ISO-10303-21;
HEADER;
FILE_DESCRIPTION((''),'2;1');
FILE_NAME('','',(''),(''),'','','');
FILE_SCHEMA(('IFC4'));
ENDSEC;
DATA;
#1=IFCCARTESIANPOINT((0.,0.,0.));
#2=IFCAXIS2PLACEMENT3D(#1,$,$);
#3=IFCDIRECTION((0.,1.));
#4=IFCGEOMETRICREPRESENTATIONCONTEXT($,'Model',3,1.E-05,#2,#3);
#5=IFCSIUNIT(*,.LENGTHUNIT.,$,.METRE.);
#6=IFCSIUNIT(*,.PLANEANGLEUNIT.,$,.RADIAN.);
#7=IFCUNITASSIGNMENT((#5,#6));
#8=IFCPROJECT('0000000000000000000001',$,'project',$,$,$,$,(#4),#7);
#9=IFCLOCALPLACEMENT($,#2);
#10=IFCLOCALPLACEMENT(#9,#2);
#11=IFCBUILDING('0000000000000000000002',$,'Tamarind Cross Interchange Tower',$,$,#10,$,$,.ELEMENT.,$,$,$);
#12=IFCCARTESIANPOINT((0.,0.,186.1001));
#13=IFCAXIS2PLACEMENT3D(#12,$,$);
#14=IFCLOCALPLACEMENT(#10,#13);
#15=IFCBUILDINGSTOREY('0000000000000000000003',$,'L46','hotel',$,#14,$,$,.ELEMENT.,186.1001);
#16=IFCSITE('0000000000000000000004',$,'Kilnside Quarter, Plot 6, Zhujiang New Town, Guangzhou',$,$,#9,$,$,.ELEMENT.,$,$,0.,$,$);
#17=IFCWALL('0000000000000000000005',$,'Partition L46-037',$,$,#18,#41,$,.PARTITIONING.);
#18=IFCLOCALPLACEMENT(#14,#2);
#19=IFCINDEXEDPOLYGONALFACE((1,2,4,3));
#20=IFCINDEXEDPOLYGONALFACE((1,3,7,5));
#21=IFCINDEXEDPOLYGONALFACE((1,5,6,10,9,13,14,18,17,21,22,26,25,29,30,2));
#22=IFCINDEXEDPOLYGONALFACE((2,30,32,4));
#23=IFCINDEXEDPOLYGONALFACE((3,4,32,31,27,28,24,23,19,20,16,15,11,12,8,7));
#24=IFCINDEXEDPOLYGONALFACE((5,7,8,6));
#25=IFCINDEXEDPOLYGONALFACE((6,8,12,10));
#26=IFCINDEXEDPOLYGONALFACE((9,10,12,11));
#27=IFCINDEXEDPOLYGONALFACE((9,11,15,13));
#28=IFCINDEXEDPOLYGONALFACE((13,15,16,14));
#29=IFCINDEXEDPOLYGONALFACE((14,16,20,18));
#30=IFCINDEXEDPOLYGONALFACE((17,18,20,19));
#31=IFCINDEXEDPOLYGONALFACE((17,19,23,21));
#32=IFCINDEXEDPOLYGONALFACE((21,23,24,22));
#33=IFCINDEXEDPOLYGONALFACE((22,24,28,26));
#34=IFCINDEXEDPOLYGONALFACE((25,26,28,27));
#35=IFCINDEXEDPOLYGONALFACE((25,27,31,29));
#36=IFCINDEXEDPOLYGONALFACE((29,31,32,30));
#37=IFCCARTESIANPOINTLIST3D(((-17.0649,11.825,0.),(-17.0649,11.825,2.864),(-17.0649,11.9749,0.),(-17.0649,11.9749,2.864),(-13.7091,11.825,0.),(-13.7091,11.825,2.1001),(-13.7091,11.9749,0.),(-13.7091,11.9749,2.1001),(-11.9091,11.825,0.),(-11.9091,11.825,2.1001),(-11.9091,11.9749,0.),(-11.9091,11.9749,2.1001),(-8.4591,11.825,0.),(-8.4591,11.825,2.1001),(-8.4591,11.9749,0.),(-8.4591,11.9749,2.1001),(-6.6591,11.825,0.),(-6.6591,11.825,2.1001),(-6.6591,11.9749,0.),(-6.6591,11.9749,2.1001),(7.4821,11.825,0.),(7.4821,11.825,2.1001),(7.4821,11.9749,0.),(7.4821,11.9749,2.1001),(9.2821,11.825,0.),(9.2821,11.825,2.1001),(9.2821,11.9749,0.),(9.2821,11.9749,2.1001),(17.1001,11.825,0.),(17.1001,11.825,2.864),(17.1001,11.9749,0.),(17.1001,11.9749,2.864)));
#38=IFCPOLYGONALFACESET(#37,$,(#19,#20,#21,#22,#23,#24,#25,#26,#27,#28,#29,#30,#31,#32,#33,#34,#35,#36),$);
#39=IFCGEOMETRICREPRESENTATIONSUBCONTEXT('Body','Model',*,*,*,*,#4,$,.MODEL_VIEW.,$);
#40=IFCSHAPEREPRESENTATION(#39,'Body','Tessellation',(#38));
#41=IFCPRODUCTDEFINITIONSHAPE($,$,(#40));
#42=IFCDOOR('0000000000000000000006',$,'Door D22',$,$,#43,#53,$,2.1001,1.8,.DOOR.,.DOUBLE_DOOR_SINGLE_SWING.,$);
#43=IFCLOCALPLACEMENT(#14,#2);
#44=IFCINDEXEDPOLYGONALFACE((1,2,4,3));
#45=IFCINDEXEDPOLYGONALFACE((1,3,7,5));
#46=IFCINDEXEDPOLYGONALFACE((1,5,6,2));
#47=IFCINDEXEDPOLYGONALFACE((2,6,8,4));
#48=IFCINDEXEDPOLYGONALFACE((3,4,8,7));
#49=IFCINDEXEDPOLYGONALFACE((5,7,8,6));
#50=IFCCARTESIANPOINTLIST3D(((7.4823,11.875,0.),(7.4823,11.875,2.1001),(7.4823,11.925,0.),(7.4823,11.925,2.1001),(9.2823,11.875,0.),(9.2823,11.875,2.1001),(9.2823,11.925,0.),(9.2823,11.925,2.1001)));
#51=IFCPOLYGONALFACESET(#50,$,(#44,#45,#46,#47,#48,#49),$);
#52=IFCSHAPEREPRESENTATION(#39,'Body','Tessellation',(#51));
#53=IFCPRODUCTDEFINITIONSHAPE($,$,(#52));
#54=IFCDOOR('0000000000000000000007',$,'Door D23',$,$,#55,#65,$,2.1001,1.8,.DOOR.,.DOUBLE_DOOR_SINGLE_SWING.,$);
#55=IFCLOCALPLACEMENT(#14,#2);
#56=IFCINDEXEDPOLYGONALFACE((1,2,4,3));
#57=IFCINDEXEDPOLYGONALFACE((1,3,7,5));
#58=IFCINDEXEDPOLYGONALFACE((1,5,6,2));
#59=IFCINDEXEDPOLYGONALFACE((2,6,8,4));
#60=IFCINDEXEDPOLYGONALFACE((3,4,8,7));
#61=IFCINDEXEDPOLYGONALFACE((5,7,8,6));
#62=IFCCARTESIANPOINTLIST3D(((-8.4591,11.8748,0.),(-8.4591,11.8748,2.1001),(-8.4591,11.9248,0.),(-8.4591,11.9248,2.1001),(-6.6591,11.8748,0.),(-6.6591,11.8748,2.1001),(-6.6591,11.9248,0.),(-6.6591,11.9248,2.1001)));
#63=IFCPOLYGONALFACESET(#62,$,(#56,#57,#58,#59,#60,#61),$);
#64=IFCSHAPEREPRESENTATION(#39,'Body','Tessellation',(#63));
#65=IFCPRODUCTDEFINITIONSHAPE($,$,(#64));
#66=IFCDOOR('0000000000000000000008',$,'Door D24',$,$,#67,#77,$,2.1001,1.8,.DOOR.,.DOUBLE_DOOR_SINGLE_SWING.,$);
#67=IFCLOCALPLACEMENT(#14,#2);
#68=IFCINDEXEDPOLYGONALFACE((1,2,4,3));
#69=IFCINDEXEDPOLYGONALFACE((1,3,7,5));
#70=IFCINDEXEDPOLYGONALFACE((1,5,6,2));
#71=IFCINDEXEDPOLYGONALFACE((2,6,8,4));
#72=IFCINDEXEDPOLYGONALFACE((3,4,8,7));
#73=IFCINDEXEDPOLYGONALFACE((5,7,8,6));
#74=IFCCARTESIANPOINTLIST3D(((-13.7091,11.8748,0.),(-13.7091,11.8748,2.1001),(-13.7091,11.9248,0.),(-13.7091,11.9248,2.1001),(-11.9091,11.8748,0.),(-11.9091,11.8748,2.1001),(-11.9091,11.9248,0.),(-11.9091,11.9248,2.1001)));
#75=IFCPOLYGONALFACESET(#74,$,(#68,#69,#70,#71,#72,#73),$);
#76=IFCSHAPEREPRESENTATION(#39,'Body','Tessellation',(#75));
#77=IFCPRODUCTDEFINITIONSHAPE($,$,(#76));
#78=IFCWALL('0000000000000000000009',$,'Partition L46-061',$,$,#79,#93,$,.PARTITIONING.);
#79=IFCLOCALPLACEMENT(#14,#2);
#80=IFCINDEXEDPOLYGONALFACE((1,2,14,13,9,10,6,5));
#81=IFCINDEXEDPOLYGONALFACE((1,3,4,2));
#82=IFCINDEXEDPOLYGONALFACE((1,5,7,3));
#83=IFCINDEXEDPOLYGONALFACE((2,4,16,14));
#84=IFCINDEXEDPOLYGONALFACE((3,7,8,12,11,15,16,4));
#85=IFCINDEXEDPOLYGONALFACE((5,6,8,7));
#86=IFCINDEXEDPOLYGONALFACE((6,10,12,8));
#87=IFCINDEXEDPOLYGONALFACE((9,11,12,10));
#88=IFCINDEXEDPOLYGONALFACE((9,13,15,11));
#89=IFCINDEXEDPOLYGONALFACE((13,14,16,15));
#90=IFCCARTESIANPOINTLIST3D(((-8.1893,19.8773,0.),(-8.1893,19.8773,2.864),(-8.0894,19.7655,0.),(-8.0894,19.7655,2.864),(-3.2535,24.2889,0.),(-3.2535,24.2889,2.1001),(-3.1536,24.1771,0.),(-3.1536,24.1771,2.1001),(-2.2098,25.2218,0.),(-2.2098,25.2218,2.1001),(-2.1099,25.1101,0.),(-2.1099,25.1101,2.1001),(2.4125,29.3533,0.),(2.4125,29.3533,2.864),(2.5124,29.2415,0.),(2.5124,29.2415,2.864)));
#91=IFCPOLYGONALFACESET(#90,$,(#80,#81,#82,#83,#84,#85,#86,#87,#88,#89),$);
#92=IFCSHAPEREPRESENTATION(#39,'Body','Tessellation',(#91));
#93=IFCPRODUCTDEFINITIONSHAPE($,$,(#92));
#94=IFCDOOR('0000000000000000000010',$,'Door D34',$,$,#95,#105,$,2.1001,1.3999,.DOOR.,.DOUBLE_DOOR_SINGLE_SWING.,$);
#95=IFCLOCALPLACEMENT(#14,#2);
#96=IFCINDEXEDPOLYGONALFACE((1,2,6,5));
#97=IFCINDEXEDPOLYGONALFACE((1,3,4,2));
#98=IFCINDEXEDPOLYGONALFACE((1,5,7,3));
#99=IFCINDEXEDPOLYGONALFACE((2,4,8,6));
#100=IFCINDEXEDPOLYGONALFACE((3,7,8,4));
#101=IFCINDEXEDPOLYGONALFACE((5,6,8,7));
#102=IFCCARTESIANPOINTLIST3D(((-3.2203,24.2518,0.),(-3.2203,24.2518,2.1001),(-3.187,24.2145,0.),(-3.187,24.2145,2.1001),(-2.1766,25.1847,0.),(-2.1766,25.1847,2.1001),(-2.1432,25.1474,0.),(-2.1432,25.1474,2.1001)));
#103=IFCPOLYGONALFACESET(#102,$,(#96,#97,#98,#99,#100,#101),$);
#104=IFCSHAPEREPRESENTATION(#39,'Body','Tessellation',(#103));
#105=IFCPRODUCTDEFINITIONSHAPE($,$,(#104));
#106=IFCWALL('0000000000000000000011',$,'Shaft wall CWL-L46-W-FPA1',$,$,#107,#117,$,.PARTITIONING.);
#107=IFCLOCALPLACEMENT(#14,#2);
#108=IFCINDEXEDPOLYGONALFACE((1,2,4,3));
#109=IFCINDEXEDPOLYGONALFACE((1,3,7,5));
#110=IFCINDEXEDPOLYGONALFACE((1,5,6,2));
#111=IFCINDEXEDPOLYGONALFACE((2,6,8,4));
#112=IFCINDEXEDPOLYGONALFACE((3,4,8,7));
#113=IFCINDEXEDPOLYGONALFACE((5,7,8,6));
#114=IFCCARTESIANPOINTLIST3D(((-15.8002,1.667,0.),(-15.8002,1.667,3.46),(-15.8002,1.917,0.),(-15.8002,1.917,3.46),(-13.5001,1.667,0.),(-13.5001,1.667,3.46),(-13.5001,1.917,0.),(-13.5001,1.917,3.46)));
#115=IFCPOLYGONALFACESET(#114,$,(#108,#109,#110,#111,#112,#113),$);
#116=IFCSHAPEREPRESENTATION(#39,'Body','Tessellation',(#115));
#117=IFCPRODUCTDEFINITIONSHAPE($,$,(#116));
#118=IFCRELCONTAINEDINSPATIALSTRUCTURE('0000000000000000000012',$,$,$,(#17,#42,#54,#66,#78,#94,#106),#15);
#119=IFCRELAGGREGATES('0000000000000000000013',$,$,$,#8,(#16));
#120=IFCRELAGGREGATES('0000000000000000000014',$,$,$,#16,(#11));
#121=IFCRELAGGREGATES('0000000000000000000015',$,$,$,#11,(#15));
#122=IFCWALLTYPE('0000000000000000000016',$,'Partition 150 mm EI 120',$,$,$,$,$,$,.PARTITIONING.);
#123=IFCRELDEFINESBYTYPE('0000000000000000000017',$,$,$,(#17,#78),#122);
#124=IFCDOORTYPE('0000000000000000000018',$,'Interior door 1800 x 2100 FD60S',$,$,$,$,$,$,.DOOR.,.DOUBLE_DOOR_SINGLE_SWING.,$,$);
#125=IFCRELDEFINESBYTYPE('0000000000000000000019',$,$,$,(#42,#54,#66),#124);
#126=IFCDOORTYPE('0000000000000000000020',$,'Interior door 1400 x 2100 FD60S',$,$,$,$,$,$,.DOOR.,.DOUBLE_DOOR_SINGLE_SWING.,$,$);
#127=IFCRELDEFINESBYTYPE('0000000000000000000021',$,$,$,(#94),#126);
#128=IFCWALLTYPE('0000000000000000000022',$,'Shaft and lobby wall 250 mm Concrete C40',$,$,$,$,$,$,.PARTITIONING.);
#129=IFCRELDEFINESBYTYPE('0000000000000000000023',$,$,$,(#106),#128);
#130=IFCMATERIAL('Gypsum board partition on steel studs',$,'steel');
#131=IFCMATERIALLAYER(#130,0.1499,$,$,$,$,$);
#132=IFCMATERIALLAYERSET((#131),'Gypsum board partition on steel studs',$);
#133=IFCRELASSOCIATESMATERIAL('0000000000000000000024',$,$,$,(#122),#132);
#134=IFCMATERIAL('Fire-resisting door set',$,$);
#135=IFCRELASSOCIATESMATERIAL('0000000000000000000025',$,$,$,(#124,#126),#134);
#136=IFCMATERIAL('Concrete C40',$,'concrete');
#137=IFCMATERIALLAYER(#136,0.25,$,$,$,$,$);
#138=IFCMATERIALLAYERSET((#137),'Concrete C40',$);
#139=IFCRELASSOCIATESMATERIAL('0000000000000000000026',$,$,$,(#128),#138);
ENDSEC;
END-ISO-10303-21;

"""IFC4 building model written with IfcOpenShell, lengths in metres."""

from ifc_helpers import new_model, si_unit, direction, frame, frame_2d, origin, place, context, subcontext, project, spatial, rectangle, extrude, material, layer, layer_set, type_object, element, fill, save


model = new_model("IFC4")

# Units and contexts
model_context = context("Model", 3, precision=1e-05, world=origin(), true_north=direction((0.0, 1.0)))
body_context = subcontext(model_context, "Body", "Model", "MODEL_VIEW")
ifc_project = project(units=[si_unit("LENGTHUNIT", "METRE"), si_unit("PLANEANGLEUNIT", "RADIAN")], contexts=[model_context])

# Site, building, storey
site_placement = place(None, origin())
site = spatial("IfcSite", under=ifc_project, at=site_placement, Name="Kilnside Quarter, Plot 6, Zhujiang New Town, Guangzhou", CompositionType="ELEMENT", RefElevation=0.0)
building_placement = place(site_placement, origin())
building = spatial("IfcBuilding", under=site, at=building_placement, Name="Tamarind Cross Interchange Tower", CompositionType="ELEMENT")
storey_placement = place(building_placement, frame((0.0, 0.0, 186.1001)))
storey = spatial("IfcBuildingStorey", under=building, at=storey_placement, Name="L46", Description="hotel", CompositionType="ELEMENT", Elevation=186.1001)

# Shared definitions
ifc_material_1 = material(Name="Concrete C40", Category="concrete")

# Shared definitions
ifc_material_2 = material(Name="Gypsum board partition on steel studs", Category="steel")

# Wall, openings, doors
ifc_layer_1 = layer(ifc_material_2, 0.1499)
ifc_layer_set_1 = layer_set([ifc_layer_1], Name="Gypsum board partition on steel studs")
wall_type_1 = type_object("IfcWallType", Name="Partition 150 mm EI 120", PredefinedType="PARTITIONING", material=ifc_layer_set_1)
wall_1_placement = place(storey_placement, frame((-17.0649, 11.8999, 0.0), z_axis=(0.0, 0.0, 1.0), x_axis=(1.0, 0.0, 0.0)))
wall_1 = element("IfcWall", 1, at=wall_1_placement, inside=storey, type_object=wall_type_1, Name="Partition L46-037", PredefinedType="PARTITIONING", context=body_context, shape_type="SweptSolid", body=[
    extrude(rectangle(XDim=34.165, YDim=0.1499, at=frame_2d((17.0825, 0.0))), origin(), (0.0, 0.0, 1.0), 2.864),
])
opening_1_placement = place(wall_1_placement, frame((24.5471, 0.0, 0.0)))
opening_1 = element("IfcOpeningElement", 2, at=opening_1_placement, cuts=wall_1, PredefinedType="OPENING", context=body_context, shape_type="SweptSolid", body=[
    extrude(rectangle(XDim=1.8, YDim=2.1001, at=frame_2d((0.8999, 1.05))), frame((0.0, 0.085, 0.0), z_axis=(0.0, -1.0, 0.0), x_axis=(1.0, 0.0, 0.0)), (0.0, 0.0, 1.0), 0.1699),
])
opening_2_placement = place(wall_1_placement, frame((8.606, 0.0, 0.0)))
opening_2 = element("IfcOpeningElement", 3, at=opening_2_placement, cuts=wall_1, PredefinedType="OPENING", context=body_context, shape_type="SweptSolid", body=[
    extrude(rectangle(XDim=1.8, YDim=2.1001, at=frame_2d((0.8999, 1.05))), frame((0.0, 0.085, 0.0), z_axis=(0.0, -1.0, 0.0), x_axis=(1.0, 0.0, 0.0)), (0.0, 0.0, 1.0), 0.1699),
])
opening_3_placement = place(wall_1_placement, frame((3.356, 0.0, 0.0)))
opening_3 = element("IfcOpeningElement", 4, at=opening_3_placement, cuts=wall_1, PredefinedType="OPENING", context=body_context, shape_type="SweptSolid", body=[
    extrude(rectangle(XDim=1.8, YDim=2.1001, at=frame_2d((0.8999, 1.05))), frame((0.0, 0.085, 0.0), z_axis=(0.0, -1.0, 0.0), x_axis=(1.0, 0.0, 0.0)), (0.0, 0.0, 1.0), 0.1699),
])
ifc_material_3 = material(Name="Fire-resisting door set")
door_type_1 = type_object("IfcDoorType", Name="Interior door 1800 x 2100 FD60S", OperationType="DOUBLE_DOOR_SINGLE_SWING", PredefinedType="DOOR", material=ifc_material_3)
door_1_placement = place(opening_1_placement, frame((1.8, 0.0, 0.0), z_axis=(0.0, 0.0, 1.0), x_axis=(-1.0, 0.0, 0.0)))
door_1 = element("IfcDoor", 5, at=door_1_placement, inside=storey, type_object=door_type_1, Name="Door D22", OperationType="DOUBLE_DOOR_SINGLE_SWING", OverallHeight=2.1001, OverallWidth=1.8, PredefinedType="DOOR", context=body_context, shape_type="SweptSolid", body=[
    extrude(rectangle(XDim=1.8, YDim=2.1001, at=frame_2d((0.8999, 1.05))), frame((0.0, 0.0249, 0.0), z_axis=(0.0, -1.0, 0.0), x_axis=(1.0, 0.0, 0.0)), (0.0, 0.0, 1.0), 0.05),
])
fill(opening_1, door_1)
door_2_placement = place(opening_2_placement, origin())
door_2 = element("IfcDoor", 6, at=door_2_placement, inside=storey, type_object=door_type_1, Name="Door D23", OperationType="DOUBLE_DOOR_SINGLE_SWING", OverallHeight=2.1001, OverallWidth=1.8, PredefinedType="DOOR", context=body_context, shape_type="SweptSolid", body=[
    extrude(rectangle(XDim=1.8, YDim=2.1001, at=frame_2d((0.8999, 1.05))), frame((0.0, 0.0249, 0.0), z_axis=(0.0, -1.0, 0.0), x_axis=(1.0, 0.0, 0.0)), (0.0, 0.0, 1.0), 0.05),
])
fill(opening_2, door_2)
door_3_placement = place(opening_3_placement, origin())
door_3 = element("IfcDoor", 7, at=door_3_placement, inside=storey, type_object=door_type_1, Name="Door D24", OperationType="DOUBLE_DOOR_SINGLE_SWING", OverallHeight=2.1001, OverallWidth=1.8, PredefinedType="DOOR", context=body_context, shape_type="SweptSolid", body=[
    extrude(rectangle(XDim=1.8, YDim=2.1001, at=frame_2d((0.8999, 1.05))), frame((0.0, 0.0249, 0.0), z_axis=(0.0, -1.0, 0.0), x_axis=(1.0, 0.0, 0.0)), (0.0, 0.0, 1.0), 0.05),
])
fill(opening_3, door_3)

# Wall, opening, door
wall_2_placement = place(storey_placement, frame((-8.1394, 19.8213, 0.0), z_axis=(0.0, 0.0, 1.0), x_axis=(0.745582, 0.666414, 0.0)))
wall_2 = element("IfcWall", 8, at=wall_2_placement, inside=storey, type_object=wall_type_1, Name="Partition L46-061", PredefinedType="PARTITIONING", context=body_context, shape_type="SweptSolid", body=[
    extrude(rectangle(XDim=14.2195, YDim=0.1499, at=frame_2d((7.1099, 0.0))), origin(), (0.0, 0.0, 1.0), 2.864),
])
opening_4_placement = place(wall_2_placement, frame((6.6201, 0.0, 0.0)))
opening_4 = element("IfcOpeningElement", 9, at=opening_4_placement, cuts=wall_2, PredefinedType="OPENING", context=body_context, shape_type="SweptSolid", body=[
    extrude(rectangle(XDim=1.3999, YDim=2.1001, at=frame_2d((0.7, 1.05))), frame((0.0, 0.085, 0.0), z_axis=(0.0, -1.0, 0.0), x_axis=(1.0, 0.0, 0.0)), (0.0, 0.0, 1.0), 0.1699),
])
door_type_2 = type_object("IfcDoorType", Name="Interior door 1400 x 2100 FD60S", OperationType="DOUBLE_DOOR_SINGLE_SWING", PredefinedType="DOOR", material=ifc_material_3)
door_4_placement = place(opening_4_placement, frame((1.3999, 0.0, 0.0), z_axis=(0.0, 0.0, 1.0), x_axis=(-1.0, 0.0, 0.0)))
door_4 = element("IfcDoor", 10, at=door_4_placement, inside=storey, type_object=door_type_2, Name="Door D34", OperationType="DOUBLE_DOOR_SINGLE_SWING", OverallHeight=2.1001, OverallWidth=1.3999, PredefinedType="DOOR", context=body_context, shape_type="SweptSolid", body=[
    extrude(rectangle(XDim=1.3999, YDim=2.1001, at=frame_2d((0.7, 1.05))), frame((0.0, 0.0249, 0.0), z_axis=(0.0, -1.0, 0.0), x_axis=(1.0, 0.0, 0.0)), (0.0, 0.0, 1.0), 0.05),
])
fill(opening_4, door_4)

# Wall
ifc_layer_2 = layer(ifc_material_1, 0.25)
ifc_layer_set_2 = layer_set([ifc_layer_2], Name="Concrete C40")
wall_type_2 = type_object("IfcWallType", Name="Shaft and lobby wall 250 mm Concrete C40", PredefinedType="PARTITIONING", material=ifc_layer_set_2)
wall_3_placement = place(storey_placement, frame((-15.8, 1.792, 0.0), z_axis=(0.0, 0.0, 1.0), x_axis=(1.0, 0.0, 0.0)))
element("IfcWall", 11, at=wall_3_placement, inside=storey, type_object=wall_type_2, Name="Shaft wall CWL-L46-W-FPA1", PredefinedType="PARTITIONING", context=body_context, shape_type="SweptSolid", body=[
    extrude(rectangle(XDim=2.3, YDim=0.25, at=frame_2d((1.1499, 0.0))), origin(), (0.0, 0.0, 1.0), 3.46),
])

save(model, "model.ifc")
